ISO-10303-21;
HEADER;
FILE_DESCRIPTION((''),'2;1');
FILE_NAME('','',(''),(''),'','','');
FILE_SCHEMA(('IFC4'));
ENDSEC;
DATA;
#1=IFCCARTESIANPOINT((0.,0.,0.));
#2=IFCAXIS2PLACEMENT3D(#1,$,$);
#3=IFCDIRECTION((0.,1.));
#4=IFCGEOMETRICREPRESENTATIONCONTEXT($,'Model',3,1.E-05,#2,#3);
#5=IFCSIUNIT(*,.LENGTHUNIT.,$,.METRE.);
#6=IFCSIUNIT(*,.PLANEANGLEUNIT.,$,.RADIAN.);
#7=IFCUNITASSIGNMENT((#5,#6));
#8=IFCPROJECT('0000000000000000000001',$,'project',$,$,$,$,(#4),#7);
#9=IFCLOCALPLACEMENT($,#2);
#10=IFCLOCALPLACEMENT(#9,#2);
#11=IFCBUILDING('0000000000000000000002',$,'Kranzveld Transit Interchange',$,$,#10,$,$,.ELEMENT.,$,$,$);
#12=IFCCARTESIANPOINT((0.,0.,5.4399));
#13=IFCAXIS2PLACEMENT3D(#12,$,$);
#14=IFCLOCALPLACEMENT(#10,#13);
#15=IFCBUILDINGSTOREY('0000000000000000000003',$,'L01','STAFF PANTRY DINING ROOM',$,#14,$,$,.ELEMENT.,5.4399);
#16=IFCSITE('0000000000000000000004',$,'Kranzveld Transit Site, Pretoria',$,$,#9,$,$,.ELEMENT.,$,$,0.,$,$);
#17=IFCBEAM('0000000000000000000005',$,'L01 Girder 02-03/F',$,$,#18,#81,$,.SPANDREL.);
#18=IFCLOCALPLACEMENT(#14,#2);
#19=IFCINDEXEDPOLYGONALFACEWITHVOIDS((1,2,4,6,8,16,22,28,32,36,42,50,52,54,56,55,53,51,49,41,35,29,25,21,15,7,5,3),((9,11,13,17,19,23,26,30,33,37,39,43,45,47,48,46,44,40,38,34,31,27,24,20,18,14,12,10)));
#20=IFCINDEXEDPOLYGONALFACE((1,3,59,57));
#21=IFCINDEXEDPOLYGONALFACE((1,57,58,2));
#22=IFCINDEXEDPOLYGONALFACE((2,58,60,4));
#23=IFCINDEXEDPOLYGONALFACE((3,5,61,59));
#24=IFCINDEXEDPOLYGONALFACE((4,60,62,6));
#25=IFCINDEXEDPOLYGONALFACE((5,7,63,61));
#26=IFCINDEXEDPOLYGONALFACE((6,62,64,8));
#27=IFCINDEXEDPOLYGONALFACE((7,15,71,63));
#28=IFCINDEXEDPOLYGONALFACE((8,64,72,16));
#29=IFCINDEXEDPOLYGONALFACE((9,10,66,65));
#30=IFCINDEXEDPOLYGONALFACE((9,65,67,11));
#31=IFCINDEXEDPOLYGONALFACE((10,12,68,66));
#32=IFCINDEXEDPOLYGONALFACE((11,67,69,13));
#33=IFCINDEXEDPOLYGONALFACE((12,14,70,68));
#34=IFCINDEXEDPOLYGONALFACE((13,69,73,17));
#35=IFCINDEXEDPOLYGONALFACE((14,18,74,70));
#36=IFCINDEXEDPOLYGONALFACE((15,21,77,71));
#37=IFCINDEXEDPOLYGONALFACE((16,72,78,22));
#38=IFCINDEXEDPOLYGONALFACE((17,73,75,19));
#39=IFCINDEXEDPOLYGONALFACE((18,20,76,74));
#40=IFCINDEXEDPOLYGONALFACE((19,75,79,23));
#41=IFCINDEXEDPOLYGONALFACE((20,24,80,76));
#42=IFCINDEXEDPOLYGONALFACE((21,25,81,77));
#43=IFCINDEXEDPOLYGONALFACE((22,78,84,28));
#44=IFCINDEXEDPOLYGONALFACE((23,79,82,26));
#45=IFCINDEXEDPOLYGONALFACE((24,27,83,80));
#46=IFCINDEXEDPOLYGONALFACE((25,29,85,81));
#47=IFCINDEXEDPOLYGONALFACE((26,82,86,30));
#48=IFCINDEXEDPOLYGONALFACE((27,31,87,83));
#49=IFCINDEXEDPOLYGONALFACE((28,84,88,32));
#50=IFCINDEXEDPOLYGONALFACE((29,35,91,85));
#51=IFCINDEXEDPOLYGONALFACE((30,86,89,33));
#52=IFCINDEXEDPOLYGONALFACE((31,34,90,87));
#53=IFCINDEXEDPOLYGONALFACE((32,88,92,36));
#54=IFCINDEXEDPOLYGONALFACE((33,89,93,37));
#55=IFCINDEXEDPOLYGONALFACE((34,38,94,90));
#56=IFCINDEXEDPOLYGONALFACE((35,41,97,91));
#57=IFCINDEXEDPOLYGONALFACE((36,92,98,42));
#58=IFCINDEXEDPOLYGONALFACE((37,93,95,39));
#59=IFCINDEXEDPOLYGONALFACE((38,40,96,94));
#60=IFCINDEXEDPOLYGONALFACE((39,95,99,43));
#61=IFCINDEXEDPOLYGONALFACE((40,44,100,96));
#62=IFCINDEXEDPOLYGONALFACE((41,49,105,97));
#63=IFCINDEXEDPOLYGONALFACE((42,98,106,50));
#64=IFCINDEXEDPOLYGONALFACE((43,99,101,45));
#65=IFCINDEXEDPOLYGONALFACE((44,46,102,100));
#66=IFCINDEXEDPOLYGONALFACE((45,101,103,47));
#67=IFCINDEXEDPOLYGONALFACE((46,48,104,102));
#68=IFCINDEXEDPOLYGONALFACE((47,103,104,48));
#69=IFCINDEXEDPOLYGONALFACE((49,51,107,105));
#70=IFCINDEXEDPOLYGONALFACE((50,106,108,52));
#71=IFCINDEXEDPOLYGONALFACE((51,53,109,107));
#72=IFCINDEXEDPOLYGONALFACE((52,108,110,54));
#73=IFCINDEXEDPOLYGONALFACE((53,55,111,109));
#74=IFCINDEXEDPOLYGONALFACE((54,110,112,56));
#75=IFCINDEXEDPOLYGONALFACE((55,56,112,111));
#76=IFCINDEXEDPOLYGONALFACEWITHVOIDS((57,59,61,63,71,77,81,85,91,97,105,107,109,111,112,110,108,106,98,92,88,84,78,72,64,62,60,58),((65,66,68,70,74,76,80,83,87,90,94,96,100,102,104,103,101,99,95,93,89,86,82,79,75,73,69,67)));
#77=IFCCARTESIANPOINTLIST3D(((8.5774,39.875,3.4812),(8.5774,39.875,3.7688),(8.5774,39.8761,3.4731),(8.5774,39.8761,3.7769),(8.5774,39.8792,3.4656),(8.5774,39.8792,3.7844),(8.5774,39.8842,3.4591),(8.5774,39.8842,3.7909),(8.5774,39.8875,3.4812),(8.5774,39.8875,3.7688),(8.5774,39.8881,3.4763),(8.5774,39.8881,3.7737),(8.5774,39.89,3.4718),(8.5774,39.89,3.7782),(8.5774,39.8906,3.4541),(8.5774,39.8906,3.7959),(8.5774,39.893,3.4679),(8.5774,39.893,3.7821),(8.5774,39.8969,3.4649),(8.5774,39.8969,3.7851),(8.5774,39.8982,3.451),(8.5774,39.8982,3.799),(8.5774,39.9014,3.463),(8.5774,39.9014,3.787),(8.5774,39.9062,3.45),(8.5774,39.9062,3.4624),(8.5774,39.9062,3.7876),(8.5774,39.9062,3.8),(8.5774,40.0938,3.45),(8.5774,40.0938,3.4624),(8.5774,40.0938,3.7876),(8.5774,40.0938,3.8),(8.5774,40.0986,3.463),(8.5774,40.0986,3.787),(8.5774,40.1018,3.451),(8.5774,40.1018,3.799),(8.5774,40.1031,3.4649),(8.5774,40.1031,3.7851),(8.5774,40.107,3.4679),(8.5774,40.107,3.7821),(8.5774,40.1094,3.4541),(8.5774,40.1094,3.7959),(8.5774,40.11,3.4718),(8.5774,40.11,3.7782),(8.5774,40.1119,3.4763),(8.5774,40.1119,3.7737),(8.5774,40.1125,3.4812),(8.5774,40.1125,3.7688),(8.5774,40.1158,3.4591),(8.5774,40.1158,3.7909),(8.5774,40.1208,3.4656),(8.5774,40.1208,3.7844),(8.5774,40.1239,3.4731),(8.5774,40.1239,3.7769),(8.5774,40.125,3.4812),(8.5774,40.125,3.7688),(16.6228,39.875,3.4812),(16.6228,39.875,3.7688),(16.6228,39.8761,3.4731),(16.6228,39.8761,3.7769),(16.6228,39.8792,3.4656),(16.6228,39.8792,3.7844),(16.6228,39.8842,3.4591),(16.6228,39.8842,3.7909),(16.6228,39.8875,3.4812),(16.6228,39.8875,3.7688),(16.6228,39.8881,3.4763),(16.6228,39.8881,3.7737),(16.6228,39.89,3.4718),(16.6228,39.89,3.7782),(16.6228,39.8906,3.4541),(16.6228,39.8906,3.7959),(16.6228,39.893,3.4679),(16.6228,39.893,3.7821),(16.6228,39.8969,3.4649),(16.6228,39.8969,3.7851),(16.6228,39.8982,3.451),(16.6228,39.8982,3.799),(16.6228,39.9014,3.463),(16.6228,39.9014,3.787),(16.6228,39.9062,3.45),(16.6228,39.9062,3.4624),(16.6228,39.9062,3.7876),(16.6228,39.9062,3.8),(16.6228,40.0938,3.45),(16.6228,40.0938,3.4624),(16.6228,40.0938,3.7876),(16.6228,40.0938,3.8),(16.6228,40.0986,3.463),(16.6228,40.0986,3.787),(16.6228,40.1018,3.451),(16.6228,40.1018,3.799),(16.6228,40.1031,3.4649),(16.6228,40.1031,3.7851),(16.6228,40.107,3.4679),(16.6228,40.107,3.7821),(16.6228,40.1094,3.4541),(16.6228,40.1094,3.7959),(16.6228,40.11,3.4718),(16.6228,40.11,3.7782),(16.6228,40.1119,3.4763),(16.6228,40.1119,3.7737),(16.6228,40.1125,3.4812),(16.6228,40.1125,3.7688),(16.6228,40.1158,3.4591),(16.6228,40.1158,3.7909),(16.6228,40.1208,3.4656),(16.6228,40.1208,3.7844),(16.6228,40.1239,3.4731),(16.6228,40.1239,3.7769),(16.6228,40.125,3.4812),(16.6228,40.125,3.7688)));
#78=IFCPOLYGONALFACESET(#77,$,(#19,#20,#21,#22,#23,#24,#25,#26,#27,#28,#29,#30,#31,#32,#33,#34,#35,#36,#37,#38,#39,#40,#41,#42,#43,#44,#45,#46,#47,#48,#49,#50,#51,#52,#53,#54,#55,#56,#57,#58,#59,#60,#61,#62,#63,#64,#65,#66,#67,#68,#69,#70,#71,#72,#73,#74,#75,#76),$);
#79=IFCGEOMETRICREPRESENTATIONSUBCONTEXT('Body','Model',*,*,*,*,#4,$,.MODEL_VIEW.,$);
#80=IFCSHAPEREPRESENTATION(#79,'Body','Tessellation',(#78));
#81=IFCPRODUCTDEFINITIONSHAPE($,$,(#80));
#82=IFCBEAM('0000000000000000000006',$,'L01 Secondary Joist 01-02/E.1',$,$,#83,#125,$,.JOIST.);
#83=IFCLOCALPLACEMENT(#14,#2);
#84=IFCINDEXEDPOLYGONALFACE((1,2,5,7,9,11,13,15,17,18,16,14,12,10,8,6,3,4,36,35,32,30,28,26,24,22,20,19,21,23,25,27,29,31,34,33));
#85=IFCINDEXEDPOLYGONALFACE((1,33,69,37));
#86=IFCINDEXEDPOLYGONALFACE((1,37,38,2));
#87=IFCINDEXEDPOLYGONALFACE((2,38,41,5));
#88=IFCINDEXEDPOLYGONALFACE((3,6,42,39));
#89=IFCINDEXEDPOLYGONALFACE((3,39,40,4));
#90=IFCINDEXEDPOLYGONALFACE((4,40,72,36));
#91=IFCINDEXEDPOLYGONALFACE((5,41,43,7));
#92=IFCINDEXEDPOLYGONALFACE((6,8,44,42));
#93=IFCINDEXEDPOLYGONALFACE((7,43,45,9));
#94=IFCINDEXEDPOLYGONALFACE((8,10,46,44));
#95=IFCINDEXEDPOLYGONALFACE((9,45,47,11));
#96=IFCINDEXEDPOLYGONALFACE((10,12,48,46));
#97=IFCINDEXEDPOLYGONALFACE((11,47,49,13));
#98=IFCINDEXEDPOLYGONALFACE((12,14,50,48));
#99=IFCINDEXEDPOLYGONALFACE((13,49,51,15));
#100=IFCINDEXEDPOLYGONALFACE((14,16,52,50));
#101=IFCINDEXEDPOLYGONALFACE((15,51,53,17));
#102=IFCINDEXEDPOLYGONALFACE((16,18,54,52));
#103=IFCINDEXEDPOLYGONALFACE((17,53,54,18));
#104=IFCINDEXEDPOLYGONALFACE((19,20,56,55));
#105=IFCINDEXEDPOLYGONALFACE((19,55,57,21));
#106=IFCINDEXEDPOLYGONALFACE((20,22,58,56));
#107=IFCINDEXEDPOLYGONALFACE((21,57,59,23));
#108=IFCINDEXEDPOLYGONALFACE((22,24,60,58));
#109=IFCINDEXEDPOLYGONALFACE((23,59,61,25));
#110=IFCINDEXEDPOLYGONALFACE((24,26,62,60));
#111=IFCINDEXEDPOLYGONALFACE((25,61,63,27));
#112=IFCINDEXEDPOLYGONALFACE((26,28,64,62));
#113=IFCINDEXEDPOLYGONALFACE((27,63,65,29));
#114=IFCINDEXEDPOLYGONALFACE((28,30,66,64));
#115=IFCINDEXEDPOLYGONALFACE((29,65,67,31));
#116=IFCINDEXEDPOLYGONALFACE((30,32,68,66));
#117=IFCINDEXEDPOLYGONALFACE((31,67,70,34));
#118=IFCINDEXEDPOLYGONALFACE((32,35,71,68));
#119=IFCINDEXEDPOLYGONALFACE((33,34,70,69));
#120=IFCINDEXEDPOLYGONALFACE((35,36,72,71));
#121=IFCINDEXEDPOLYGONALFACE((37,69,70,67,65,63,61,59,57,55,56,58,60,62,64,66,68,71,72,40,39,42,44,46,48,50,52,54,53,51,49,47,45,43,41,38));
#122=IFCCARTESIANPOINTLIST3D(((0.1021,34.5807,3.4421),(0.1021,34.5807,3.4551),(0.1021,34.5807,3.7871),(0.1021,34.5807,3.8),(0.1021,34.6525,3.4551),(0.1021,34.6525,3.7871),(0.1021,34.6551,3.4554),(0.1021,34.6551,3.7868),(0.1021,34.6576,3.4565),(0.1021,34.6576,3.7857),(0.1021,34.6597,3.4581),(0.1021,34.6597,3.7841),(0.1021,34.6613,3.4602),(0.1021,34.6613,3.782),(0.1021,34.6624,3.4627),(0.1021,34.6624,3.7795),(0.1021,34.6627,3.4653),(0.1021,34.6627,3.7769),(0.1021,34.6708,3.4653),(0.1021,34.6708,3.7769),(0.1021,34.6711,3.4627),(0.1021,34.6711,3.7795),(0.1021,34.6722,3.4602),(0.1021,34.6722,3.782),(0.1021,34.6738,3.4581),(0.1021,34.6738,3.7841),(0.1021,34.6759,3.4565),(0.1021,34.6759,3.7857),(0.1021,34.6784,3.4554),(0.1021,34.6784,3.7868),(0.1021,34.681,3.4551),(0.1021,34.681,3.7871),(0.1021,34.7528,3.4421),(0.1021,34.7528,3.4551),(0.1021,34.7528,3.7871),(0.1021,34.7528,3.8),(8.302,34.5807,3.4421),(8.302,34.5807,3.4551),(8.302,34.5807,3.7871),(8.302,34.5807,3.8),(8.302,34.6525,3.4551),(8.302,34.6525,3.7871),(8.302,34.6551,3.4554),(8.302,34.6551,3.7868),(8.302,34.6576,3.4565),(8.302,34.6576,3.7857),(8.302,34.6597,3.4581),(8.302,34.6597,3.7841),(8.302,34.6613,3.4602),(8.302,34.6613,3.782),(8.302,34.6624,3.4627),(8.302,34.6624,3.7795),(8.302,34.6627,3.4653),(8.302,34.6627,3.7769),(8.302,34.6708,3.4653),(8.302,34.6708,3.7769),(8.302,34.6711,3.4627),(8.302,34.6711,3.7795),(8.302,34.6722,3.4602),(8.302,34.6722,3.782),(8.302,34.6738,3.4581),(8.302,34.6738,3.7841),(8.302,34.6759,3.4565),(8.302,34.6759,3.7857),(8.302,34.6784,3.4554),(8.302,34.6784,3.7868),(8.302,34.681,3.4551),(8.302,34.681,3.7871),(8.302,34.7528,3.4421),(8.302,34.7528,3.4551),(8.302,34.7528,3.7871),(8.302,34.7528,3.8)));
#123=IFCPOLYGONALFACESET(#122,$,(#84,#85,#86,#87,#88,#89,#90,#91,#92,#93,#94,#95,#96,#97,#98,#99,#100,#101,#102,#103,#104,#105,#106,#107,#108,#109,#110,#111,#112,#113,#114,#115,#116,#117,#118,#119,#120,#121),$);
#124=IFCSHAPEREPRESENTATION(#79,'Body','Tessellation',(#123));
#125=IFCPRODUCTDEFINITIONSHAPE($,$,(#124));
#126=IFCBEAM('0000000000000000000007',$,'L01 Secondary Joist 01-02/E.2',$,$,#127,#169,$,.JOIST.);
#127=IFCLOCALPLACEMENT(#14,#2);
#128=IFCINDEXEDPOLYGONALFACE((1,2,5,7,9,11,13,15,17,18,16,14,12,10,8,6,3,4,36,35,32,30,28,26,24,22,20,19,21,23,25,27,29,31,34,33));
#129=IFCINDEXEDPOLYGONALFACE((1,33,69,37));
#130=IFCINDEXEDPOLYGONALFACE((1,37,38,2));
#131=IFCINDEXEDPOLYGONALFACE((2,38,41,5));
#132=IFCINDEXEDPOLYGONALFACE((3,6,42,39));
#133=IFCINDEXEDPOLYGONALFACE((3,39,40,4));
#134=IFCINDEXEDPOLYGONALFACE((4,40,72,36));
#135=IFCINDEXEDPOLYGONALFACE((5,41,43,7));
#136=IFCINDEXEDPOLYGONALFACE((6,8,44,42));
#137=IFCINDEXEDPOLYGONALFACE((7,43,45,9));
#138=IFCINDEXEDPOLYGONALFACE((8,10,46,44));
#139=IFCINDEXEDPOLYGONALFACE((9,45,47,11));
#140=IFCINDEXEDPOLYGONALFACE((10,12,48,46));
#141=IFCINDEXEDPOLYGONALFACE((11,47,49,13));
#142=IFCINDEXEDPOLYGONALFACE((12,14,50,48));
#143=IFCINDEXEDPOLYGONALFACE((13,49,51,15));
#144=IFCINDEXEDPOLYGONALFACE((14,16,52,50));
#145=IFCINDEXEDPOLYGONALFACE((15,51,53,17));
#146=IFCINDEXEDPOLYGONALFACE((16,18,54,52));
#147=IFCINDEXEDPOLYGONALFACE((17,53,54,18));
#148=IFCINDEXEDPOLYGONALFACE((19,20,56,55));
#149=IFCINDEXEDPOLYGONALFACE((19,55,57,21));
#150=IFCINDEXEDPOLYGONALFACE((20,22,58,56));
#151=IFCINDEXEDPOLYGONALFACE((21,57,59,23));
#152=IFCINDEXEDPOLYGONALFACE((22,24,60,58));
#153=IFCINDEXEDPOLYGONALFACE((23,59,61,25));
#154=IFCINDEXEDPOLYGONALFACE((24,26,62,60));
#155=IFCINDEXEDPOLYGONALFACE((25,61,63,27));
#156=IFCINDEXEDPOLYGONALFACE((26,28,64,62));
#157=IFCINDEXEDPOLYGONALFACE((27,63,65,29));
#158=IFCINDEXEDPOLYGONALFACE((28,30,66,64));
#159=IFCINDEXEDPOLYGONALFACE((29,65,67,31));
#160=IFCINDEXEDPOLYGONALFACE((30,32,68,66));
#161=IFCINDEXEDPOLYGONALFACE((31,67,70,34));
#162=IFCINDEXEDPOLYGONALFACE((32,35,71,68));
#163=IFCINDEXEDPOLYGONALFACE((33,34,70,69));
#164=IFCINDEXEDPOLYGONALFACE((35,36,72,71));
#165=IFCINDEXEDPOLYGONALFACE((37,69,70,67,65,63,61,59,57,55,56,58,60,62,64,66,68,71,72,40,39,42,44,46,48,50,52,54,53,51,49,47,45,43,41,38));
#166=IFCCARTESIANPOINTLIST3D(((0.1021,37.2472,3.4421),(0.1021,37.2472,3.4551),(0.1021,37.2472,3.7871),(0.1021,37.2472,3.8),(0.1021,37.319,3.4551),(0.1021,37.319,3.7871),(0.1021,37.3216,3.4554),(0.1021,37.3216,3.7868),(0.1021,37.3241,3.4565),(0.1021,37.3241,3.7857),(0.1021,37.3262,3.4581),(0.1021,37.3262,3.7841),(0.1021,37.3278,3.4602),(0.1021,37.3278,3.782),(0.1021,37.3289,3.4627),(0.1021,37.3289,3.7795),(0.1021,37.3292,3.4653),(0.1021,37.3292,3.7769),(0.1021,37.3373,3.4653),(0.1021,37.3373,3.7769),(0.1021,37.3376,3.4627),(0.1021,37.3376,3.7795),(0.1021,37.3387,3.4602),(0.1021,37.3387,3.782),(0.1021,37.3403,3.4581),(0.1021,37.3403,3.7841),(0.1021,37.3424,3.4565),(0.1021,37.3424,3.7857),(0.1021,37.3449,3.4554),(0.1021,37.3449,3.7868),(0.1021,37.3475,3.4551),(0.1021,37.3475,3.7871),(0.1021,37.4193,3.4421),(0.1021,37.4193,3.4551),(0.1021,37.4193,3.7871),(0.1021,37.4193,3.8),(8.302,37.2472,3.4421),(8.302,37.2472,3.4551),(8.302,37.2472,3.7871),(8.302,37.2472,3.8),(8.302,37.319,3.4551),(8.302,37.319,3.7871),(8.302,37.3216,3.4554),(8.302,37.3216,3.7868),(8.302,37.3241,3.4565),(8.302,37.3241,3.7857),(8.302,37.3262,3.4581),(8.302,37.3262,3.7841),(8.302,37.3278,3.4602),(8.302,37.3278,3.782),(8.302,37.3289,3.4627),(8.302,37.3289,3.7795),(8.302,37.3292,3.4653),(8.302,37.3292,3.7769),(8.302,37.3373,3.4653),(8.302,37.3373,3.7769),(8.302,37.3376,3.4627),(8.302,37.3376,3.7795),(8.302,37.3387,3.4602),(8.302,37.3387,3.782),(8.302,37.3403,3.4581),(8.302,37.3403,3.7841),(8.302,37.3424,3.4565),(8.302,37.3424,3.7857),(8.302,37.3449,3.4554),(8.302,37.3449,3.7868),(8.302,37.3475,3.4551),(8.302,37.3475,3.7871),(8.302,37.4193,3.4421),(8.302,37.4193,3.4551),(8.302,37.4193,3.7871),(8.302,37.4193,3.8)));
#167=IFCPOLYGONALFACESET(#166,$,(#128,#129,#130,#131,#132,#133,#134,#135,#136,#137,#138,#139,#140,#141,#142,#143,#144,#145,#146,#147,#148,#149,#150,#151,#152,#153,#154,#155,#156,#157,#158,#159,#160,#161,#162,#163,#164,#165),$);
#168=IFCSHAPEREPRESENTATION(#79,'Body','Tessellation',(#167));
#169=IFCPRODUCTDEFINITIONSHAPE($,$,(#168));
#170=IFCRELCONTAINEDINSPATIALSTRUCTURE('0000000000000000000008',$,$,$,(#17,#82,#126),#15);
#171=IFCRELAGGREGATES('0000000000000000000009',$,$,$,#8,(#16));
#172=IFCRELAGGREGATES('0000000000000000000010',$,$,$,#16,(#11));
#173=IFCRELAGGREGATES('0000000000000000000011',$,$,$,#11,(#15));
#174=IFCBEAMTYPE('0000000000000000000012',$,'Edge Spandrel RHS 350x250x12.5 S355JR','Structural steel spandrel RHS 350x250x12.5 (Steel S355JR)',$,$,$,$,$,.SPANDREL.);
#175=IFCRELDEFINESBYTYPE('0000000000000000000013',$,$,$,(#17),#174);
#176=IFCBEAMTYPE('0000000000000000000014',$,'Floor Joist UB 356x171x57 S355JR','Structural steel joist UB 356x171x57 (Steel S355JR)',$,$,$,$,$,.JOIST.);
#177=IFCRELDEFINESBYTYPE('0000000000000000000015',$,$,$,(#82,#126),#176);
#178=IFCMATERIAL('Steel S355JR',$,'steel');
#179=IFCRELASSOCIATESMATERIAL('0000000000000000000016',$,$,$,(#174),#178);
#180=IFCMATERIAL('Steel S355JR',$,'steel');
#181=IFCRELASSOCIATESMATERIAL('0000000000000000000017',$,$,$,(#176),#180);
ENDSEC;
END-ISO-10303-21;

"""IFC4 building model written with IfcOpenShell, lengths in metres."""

from ifc_helpers import new_model, si_unit, direction, frame, origin, origin_2d, place, context, subcontext, project, spatial, hollow_rectangle, i_section, extrude, material, material_profile, profile_set, type_object, element, save


model = new_model("IFC4")

# Units and contexts
model_context = context("Model", 3, precision=1e-05, world=origin(), true_north=direction((0.0, 1.0)))
body_context = subcontext(model_context, "Body", "Model", "MODEL_VIEW")
ifc_project = project(units=[si_unit("LENGTHUNIT", "METRE"), si_unit("PLANEANGLEUNIT", "RADIAN")], contexts=[model_context])

# Site, building, storey
site_placement = place(None, origin())
site = spatial("IfcSite", under=ifc_project, at=site_placement, Name="Kranzveld Transit Site, Pretoria", CompositionType="ELEMENT", RefElevation=0.0)
building_placement = place(site_placement, origin())
building = spatial("IfcBuilding", under=site, at=building_placement, Name="Kranzveld Transit Interchange", CompositionType="ELEMENT")
storey_placement = place(building_placement, frame((0.0, 0.0, 5.4399)))
storey = spatial("IfcBuildingStorey", under=building, at=storey_placement, Name="L01", Description="STAFF PANTRY DINING ROOM", CompositionType="ELEMENT", Elevation=5.4399)

# Beams
ifc_material_1 = material(Name="Steel S355JR", Category="steel")
ifc_material_profile_1 = material_profile(ifc_material_1, hollow_rectangle(XDim=0.25, YDim=0.3501, WallThickness=0.0125, InnerFilletRadius=0.0188, OuterFilletRadius=0.0312, at=origin_2d()), Name="RHS 350x250x12.5")
ifc_profile_set_1 = profile_set([ifc_material_profile_1], Name="Steel S355JR")
beam_type_1 = type_object("IfcBeamType", Name="Edge Spandrel RHS 350x250x12.5 S355JR", Description="Structural steel spandrel RHS 350x250x12.5 (Steel S355JR)", PredefinedType="SPANDREL", material=ifc_profile_set_1)
for number, where, z_axis, x_axis, name in (
    (1, (8.5774, 40.0, 3.625), (1.0, 0.0, 0.0), (0.0, 1.0, 0.0), "L01 Girder 02-03/F"),
):
    element("IfcBeam", number, at=place(storey_placement, frame(where, z_axis=z_axis, x_axis=x_axis)), inside=storey, type_object=beam_type_1, Name=name, PredefinedType="SPANDREL", context=body_context, shape_type="SweptSolid", body=[
        extrude(hollow_rectangle(XDim=0.25, YDim=0.3501, WallThickness=0.0125, InnerFilletRadius=0.0188, OuterFilletRadius=0.0312, at=origin_2d()), origin(), (0.0, 0.0, 1.0), 8.0454),
    ])
ifc_material_2 = material(Name="Steel S355JR", Category="steel")
ifc_material_profile_2 = material_profile(ifc_material_2, i_section(OverallWidth=0.1721, OverallDepth=0.3579, WebThickness=0.0081, FlangeThickness=0.0129, FilletRadius=0.0103, at=origin_2d()), Name="UB 356x171x57")
ifc_profile_set_2 = profile_set([ifc_material_profile_2], Name="Steel S355JR")
beam_type_2 = type_object("IfcBeamType", Name="Floor Joist UB 356x171x57 S355JR", Description="Structural steel joist UB 356x171x57 (Steel S355JR)", PredefinedType="JOIST", material=ifc_profile_set_2)
for number, where, z_axis, x_axis, name in (
    (2, (0.1021, 34.6667, 3.6211), (1.0, 0.0, 0.0), (0.0, 1.0, 0.0), "L01 Secondary Joist 01-02/E.1"),
    (3, (0.1021, 37.3333, 3.6211), (1.0, 0.0, 0.0), (0.0, 1.0, 0.0), "L01 Secondary Joist 01-02/E.2"),
):
    element("IfcBeam", number, at=place(storey_placement, frame(where, z_axis=z_axis, x_axis=x_axis)), inside=storey, type_object=beam_type_2, Name=name, PredefinedType="JOIST", context=body_context, shape_type="SweptSolid", body=[
        extrude(i_section(OverallWidth=0.1721, OverallDepth=0.3579, WebThickness=0.0081, FlangeThickness=0.0129, FilletRadius=0.0103, at=origin_2d()), origin(), (0.0, 0.0, 1.0), 8.2),
    ])

save(model, "model.ifc")
